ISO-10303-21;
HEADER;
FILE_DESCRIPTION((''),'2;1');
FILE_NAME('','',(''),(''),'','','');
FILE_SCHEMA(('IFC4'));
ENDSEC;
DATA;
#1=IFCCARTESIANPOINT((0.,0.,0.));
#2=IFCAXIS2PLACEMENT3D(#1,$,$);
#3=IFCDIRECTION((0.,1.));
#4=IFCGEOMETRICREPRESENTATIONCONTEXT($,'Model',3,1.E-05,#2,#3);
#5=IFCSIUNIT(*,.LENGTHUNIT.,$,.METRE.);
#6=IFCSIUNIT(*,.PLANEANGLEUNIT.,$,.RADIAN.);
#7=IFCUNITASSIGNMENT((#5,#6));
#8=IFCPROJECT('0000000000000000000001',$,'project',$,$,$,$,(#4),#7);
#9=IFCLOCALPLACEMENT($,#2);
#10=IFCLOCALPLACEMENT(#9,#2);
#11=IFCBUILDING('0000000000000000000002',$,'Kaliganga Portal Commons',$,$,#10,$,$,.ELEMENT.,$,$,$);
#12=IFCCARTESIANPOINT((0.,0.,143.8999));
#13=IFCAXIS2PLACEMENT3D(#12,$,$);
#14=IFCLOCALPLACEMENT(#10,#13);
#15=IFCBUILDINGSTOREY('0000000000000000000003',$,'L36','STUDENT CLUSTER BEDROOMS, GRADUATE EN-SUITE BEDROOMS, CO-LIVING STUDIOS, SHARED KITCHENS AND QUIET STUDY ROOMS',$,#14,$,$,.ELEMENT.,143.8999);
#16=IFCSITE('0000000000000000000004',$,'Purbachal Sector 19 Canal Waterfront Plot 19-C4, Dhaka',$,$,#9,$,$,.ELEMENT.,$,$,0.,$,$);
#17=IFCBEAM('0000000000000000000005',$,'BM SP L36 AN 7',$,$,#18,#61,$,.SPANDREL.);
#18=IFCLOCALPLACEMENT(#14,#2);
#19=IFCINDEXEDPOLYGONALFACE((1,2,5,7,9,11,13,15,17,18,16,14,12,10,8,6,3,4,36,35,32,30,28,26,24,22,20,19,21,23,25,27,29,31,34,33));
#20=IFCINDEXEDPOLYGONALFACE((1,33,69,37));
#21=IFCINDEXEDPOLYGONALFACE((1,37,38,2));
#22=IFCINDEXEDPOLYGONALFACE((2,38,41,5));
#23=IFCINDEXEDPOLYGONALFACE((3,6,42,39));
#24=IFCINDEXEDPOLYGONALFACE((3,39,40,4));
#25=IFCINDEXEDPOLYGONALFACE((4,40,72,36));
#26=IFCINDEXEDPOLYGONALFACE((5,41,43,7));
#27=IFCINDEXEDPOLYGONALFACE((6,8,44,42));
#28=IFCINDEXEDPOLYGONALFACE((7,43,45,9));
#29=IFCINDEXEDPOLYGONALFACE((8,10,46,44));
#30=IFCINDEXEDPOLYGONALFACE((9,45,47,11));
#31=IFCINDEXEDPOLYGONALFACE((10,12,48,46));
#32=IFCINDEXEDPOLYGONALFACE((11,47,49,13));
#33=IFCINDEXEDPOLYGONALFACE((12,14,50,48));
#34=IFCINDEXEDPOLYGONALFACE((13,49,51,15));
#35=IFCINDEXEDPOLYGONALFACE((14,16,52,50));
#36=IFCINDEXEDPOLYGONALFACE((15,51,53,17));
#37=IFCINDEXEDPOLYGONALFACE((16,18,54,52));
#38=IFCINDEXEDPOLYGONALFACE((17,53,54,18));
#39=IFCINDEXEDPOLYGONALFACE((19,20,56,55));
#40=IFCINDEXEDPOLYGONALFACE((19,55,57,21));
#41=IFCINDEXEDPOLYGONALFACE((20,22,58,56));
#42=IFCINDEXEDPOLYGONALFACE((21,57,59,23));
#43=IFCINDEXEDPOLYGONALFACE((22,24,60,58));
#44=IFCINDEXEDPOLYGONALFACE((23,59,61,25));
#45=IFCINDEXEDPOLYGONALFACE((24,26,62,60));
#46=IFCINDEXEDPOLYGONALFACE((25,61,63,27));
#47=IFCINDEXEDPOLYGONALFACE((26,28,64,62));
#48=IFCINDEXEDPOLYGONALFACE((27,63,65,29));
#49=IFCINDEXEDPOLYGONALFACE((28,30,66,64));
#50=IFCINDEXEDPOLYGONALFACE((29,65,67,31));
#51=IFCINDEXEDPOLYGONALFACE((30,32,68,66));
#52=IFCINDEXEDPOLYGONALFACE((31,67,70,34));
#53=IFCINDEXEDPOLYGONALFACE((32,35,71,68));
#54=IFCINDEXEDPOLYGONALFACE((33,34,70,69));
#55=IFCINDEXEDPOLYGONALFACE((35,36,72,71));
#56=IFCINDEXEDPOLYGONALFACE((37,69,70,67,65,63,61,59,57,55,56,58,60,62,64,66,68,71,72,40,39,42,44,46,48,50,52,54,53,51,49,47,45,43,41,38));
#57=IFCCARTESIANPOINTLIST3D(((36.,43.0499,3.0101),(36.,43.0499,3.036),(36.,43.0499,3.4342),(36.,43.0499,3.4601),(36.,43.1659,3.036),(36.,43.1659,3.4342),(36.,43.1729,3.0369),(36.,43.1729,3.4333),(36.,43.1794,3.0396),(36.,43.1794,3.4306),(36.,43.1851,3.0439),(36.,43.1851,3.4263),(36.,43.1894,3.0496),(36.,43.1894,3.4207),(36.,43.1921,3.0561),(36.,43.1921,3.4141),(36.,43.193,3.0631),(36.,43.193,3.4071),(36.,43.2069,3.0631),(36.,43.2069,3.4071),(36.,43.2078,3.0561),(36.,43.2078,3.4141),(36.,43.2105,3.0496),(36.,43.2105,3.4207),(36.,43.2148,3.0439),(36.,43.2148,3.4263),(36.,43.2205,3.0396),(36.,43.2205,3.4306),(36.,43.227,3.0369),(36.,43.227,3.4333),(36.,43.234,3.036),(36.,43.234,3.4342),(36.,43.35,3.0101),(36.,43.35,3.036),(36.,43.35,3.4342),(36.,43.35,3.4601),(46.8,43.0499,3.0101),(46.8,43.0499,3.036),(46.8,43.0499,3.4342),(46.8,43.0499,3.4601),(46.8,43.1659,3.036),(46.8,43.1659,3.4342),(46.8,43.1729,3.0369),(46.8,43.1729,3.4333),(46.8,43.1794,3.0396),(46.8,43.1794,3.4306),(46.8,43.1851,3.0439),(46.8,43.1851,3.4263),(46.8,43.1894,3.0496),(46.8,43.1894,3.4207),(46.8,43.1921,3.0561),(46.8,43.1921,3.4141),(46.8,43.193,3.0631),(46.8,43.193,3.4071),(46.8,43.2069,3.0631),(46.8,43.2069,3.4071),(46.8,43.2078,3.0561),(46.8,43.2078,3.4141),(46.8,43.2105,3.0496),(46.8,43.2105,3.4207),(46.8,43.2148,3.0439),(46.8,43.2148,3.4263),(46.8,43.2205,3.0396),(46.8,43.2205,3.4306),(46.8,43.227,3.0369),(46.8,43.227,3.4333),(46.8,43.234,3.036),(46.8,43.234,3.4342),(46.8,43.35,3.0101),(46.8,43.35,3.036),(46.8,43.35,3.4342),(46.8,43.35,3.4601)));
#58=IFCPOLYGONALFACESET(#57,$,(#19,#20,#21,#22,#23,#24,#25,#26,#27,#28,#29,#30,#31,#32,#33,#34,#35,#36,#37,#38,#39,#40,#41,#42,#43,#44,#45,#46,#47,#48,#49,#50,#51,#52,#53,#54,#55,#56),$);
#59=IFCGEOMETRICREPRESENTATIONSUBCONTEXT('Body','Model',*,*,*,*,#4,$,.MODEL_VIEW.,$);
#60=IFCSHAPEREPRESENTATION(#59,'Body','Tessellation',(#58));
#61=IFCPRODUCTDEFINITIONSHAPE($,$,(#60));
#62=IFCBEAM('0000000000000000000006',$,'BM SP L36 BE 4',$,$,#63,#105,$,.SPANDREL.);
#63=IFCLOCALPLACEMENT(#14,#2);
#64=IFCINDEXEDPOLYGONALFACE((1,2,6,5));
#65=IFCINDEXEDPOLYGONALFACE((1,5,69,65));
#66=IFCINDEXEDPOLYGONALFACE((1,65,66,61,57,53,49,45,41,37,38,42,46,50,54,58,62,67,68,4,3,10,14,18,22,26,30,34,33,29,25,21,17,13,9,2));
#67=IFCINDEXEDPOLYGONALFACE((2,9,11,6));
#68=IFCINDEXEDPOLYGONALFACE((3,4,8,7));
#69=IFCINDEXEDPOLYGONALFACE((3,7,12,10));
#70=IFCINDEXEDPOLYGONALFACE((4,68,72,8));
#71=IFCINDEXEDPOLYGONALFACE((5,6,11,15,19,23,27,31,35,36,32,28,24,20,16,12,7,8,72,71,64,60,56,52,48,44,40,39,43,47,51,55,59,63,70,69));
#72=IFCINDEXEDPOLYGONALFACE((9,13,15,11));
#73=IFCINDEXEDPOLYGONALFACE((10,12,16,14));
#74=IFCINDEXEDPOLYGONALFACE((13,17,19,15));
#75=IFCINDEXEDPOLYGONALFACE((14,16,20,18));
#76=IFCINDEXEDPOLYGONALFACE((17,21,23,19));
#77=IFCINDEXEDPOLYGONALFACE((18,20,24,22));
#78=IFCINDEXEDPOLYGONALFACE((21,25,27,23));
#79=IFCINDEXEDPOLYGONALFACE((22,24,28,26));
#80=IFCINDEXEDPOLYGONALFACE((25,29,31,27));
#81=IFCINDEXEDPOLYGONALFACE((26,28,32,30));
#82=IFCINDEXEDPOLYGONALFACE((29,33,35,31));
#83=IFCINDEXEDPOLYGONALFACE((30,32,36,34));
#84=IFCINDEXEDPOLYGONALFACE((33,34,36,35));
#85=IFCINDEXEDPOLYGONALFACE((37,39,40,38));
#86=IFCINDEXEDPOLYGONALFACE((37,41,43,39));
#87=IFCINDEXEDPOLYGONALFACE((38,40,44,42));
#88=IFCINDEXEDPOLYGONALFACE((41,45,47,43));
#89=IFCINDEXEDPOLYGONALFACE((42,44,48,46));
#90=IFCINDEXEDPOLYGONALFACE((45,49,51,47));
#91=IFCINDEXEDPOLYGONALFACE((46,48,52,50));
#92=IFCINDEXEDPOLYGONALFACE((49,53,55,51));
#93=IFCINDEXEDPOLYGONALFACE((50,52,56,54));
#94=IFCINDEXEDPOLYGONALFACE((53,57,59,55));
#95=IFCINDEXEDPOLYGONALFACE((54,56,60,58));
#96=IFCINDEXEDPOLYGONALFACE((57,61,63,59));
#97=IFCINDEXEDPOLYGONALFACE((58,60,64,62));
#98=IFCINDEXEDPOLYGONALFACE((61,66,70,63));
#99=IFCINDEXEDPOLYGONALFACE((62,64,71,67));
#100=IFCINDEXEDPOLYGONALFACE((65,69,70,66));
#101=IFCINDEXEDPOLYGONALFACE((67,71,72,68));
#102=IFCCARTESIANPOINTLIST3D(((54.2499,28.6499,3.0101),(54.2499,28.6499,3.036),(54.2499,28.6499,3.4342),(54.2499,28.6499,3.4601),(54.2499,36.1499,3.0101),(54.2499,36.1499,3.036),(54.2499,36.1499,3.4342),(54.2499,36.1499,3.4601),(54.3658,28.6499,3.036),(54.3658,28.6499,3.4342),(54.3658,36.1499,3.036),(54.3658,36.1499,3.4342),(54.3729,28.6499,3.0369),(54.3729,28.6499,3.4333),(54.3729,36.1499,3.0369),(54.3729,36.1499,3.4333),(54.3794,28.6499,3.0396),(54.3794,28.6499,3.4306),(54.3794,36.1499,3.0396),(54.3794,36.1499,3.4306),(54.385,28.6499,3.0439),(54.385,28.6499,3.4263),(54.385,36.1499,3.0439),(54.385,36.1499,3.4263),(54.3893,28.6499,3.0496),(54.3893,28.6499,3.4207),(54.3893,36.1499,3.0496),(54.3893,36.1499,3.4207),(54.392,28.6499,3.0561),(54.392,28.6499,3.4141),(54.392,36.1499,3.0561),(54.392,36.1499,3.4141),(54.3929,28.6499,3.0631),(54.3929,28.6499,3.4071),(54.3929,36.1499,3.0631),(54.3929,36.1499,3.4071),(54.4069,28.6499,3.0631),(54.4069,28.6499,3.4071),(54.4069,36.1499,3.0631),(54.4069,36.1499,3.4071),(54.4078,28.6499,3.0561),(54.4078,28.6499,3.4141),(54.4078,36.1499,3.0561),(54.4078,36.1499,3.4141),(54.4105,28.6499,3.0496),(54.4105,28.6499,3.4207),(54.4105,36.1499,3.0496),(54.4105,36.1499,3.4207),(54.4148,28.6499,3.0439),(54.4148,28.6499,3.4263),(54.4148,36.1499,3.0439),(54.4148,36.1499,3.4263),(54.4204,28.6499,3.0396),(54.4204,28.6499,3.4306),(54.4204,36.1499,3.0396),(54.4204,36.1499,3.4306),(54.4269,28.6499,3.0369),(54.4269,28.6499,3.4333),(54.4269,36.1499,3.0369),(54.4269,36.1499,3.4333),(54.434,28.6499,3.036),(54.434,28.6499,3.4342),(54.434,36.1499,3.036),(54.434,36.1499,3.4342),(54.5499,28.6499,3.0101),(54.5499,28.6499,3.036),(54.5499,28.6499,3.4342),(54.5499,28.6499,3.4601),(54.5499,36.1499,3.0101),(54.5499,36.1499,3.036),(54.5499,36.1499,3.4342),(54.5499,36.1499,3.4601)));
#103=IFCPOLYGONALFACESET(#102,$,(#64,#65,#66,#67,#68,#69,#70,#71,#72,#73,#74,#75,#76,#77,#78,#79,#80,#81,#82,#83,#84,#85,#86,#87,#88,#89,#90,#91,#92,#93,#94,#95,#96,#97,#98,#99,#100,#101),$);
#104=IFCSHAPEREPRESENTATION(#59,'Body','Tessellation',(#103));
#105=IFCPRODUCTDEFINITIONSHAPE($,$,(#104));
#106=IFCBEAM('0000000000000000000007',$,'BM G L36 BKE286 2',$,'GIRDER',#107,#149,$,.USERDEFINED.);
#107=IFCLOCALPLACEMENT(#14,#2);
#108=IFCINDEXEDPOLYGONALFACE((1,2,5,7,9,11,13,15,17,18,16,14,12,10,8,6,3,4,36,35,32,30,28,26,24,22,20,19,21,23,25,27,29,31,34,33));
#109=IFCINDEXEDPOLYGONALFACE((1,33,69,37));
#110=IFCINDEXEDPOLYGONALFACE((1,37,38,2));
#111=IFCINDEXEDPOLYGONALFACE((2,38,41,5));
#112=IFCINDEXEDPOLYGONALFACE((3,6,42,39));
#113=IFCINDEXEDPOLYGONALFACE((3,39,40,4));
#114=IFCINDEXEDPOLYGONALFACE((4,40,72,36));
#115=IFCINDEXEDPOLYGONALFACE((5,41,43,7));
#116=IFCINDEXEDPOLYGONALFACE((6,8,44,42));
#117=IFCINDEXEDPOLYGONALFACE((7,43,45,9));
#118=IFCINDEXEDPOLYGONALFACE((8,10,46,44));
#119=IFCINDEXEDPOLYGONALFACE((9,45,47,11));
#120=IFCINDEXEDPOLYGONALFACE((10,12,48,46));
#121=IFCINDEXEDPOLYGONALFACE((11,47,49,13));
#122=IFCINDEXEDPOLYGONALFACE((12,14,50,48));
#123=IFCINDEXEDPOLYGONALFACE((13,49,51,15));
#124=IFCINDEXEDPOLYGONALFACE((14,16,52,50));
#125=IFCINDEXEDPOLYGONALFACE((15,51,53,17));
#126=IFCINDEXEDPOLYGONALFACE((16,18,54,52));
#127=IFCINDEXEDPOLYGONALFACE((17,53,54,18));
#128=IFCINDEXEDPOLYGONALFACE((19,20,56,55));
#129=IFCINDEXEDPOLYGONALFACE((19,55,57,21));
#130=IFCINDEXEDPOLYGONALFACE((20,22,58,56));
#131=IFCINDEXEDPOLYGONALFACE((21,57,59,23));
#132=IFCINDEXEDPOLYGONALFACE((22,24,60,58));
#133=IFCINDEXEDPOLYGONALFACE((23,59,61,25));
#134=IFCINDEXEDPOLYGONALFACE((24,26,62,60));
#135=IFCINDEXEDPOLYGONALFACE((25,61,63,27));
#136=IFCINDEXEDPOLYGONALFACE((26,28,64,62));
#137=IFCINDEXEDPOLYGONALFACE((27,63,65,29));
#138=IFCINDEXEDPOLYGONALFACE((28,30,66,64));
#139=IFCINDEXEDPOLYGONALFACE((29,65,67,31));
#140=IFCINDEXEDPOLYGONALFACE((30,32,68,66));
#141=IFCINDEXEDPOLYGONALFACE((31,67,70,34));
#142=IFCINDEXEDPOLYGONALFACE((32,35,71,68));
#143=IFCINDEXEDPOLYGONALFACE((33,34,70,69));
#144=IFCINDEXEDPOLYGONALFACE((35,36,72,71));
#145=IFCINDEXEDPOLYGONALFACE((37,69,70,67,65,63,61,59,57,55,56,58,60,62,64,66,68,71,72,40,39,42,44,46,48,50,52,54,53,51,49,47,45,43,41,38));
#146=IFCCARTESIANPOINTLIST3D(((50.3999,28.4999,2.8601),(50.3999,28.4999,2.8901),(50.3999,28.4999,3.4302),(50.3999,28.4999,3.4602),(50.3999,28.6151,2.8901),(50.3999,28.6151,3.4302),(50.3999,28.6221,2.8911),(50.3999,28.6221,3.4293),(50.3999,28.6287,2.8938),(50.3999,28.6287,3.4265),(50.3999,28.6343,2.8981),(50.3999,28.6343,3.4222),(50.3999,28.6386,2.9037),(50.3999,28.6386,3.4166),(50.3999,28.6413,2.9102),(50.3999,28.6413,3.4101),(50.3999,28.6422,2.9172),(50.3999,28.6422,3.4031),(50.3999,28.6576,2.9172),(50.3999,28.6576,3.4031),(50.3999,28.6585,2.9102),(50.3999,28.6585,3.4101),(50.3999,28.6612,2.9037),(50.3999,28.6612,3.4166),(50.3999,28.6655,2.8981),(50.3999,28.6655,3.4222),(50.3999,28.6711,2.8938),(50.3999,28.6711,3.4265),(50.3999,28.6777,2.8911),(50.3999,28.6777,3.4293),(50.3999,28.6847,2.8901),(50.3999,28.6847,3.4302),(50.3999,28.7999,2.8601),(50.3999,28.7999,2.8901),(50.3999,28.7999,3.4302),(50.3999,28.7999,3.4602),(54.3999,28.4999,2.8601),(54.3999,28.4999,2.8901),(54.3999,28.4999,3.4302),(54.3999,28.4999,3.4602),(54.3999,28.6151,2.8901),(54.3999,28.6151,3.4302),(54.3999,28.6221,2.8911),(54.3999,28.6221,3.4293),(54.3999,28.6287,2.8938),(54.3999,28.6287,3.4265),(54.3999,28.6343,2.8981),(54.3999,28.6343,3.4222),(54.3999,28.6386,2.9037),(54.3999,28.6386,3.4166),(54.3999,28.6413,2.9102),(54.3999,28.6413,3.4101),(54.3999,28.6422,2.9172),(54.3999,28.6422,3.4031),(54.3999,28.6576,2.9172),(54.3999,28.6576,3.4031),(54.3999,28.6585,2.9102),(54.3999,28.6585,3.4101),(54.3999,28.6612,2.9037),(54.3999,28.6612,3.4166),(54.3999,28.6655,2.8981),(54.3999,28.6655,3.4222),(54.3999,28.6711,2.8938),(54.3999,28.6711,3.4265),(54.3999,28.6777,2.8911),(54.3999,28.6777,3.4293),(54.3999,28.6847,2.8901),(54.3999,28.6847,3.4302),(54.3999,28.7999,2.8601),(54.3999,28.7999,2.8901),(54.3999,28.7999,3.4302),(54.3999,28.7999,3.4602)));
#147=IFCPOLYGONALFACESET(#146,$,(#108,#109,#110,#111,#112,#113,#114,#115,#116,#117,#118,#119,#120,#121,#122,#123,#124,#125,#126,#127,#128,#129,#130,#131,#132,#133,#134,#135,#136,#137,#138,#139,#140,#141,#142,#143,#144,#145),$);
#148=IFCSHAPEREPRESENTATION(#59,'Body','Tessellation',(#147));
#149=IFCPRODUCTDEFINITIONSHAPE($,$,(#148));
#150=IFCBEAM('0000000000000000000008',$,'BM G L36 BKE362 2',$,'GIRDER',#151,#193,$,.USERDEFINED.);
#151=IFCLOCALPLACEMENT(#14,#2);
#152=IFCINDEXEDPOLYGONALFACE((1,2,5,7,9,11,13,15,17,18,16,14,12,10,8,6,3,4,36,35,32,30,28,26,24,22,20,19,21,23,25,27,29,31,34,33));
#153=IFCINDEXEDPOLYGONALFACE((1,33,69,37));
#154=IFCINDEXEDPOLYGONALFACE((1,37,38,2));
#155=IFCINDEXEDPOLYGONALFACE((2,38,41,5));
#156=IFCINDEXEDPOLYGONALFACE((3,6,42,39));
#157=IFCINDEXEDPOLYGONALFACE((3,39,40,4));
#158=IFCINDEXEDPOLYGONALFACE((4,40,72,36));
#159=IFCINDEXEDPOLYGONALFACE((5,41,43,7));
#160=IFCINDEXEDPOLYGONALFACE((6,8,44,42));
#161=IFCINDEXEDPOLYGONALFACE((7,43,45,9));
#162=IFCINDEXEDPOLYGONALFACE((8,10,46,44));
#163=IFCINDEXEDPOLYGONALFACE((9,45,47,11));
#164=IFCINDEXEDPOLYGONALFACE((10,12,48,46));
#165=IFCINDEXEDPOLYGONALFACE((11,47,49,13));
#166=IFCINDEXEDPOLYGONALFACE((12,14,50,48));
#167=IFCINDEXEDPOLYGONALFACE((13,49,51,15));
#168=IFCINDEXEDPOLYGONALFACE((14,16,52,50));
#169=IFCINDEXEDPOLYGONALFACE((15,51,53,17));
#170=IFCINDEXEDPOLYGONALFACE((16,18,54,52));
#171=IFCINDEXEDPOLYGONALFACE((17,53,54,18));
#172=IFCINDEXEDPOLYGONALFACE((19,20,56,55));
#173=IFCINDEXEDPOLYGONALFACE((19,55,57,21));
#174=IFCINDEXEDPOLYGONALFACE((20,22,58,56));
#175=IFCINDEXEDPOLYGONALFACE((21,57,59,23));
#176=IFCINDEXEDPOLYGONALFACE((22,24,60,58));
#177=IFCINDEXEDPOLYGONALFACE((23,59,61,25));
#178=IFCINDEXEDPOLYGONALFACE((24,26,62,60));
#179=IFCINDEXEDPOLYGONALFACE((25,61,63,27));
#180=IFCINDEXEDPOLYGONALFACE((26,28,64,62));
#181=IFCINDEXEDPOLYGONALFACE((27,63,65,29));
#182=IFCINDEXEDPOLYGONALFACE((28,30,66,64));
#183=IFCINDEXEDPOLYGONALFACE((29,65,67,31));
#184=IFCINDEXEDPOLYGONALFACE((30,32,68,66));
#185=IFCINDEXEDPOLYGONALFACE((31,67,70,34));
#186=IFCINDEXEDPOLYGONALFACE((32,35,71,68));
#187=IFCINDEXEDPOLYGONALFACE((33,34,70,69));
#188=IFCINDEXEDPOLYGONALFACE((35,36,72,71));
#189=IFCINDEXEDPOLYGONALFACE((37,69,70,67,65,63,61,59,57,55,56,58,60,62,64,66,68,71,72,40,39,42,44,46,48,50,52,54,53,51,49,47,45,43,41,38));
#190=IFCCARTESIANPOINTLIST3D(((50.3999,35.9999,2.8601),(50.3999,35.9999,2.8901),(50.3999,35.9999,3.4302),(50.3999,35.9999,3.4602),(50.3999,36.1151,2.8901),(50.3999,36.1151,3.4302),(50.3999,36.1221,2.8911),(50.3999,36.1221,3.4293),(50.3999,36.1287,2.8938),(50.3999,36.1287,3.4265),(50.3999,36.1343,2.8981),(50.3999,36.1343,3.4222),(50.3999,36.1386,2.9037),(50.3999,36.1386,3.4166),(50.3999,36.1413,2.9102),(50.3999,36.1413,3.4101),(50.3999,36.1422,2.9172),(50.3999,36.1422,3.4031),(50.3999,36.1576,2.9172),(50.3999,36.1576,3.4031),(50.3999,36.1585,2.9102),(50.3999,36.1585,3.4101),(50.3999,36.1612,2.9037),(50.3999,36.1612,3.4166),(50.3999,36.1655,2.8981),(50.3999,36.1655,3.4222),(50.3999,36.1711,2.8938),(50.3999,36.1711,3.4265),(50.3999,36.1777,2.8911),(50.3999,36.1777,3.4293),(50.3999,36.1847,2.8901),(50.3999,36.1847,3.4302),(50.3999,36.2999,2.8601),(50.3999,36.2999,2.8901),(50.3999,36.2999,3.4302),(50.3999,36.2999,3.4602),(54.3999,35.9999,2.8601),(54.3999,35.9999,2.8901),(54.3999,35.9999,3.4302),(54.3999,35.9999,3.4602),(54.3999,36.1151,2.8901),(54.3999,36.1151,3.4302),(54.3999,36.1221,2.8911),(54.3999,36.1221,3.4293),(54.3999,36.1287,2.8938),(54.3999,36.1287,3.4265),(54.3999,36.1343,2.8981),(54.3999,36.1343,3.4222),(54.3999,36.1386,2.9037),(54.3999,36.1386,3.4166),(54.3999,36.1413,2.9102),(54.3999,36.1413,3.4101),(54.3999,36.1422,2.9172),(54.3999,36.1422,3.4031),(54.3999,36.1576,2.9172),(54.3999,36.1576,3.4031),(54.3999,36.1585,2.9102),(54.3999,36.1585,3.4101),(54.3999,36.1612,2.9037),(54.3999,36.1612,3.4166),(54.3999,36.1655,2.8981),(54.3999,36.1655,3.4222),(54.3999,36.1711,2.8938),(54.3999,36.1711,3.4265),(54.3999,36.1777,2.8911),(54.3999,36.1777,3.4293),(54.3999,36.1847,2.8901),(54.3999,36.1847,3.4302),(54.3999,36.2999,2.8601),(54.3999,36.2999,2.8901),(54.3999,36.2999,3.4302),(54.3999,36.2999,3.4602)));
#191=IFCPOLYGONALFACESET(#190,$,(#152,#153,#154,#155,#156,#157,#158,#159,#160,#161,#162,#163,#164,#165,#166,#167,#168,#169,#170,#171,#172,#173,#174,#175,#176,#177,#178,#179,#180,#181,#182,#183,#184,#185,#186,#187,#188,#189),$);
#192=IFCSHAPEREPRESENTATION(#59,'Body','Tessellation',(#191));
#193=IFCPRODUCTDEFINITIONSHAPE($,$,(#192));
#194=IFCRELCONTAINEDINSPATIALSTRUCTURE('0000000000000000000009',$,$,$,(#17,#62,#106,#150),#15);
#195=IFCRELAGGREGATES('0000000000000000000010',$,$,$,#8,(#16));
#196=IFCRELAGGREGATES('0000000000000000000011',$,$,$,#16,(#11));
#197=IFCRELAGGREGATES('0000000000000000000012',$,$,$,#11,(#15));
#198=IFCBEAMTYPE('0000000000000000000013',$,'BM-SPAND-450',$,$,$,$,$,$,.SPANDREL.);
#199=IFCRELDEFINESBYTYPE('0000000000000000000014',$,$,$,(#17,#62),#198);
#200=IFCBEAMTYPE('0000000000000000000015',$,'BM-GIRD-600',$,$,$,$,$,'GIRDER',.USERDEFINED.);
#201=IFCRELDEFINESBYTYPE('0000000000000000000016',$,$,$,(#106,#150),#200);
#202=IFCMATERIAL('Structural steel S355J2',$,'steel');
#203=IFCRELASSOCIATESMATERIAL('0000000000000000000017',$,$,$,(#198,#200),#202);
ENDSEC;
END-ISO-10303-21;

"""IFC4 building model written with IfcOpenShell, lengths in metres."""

from ifc_helpers import new_model, si_unit, direction, frame, origin, origin_2d, place, context, subcontext, project, spatial, i_section, extrude, source, transform, mapped, material, material_profile, profile_set, type_object, element, save


model = new_model("IFC4")

# Units and contexts
model_context = context("Model", 3, precision=1e-05, world=origin(), true_north=direction((0.0, 1.0)))
body_context = subcontext(model_context, "Body", "Model", "MODEL_VIEW")
ifc_project = project(units=[si_unit("LENGTHUNIT", "METRE"), si_unit("PLANEANGLEUNIT", "RADIAN")], contexts=[model_context])

# Site, building, storey
site_placement = place(None, origin())
site = spatial("IfcSite", under=ifc_project, at=site_placement, Name="Purbachal Sector 19 Canal Waterfront Plot 19-C4, Dhaka", CompositionType="ELEMENT", RefElevation=0.0)
building_placement = place(site_placement, origin())
building = spatial("IfcBuilding", under=site, at=building_placement, Name="Kaliganga Portal Commons", CompositionType="ELEMENT")
storey_placement = place(building_placement, frame((0.0, 0.0, 143.8999)))
storey = spatial("IfcBuildingStorey", under=building, at=storey_placement, Name="L36", Description="STUDENT CLUSTER BEDROOMS, GRADUATE EN-SUITE BEDROOMS, CO-LIVING STUDIOS, SHARED KITCHENS AND QUIET STUDY ROOMS", CompositionType="ELEMENT", Elevation=143.8999)

# Beams
ifc_material_1 = material(Name="Structural steel S355J2", Category="steel")
ifc_material_profile_1 = material_profile(ifc_material_1, i_section(OverallWidth=0.3, OverallDepth=0.45, WebThickness=0.0139, FlangeThickness=0.0259, FilletRadius=0.0271, at=origin_2d()), Name="HE 450 B")
ifc_profile_set_1 = profile_set([ifc_material_profile_1], Name="Structural steel S355J2 wide-flange")
beam_type_1 = type_object("IfcBeamType", Name="BM-SPAND-450", PredefinedType="SPANDREL", material=ifc_profile_set_1)
shared_shape_1 = source(origin(), body_context, "Body", "SweptSolid", [
    extrude(i_section(OverallWidth=0.3, OverallDepth=0.45, WebThickness=0.0139, FlangeThickness=0.0259, FilletRadius=0.0271, at=origin_2d()), origin(), (0.0, 0.0, 1.0), 10.8),
])
beam_1_placement = place(storey_placement, frame((36.0, 43.2, 3.2351), z_axis=(1.0, 0.0, 0.0), x_axis=(0.0, 1.0, 0.0)))
element("IfcBeam", 1, at=beam_1_placement, inside=storey, type_object=beam_type_1, Name="BM SP L36 AN 7", PredefinedType="SPANDREL", context=body_context, shape_type="MappedRepresentation", body=[
    mapped(shared_shape_1, transform((0.0, 0.0, 0.0), x_axis=(1.0, 0.0, 0.0), y_axis=(0.0, 1.0, 0.0), z_axis=(0.0, 0.0, 1.0), scale=1.0)),
])
shared_shape_2 = source(origin(), body_context, "Body", "SweptSolid", [
    extrude(i_section(OverallWidth=0.3, OverallDepth=0.45, WebThickness=0.0139, FlangeThickness=0.0259, FilletRadius=0.0271, at=origin_2d()), origin(), (0.0, 0.0, 1.0), 7.5),
])
beam_2_placement = place(storey_placement, frame((54.3999, 28.6499, 3.2351), z_axis=(0.0, 1.0, 0.0), x_axis=(-1.0, 0.0, 0.0)))
element("IfcBeam", 2, at=beam_2_placement, inside=storey, type_object=beam_type_1, Name="BM SP L36 BE 4", PredefinedType="SPANDREL", context=body_context, shape_type="MappedRepresentation", body=[
    mapped(shared_shape_2, transform((0.0, 0.0, 0.0), x_axis=(1.0, 0.0, 0.0), y_axis=(0.0, 1.0, 0.0), z_axis=(0.0, 0.0, 1.0), scale=1.0)),
])
ifc_material_profile_2 = material_profile(ifc_material_1, i_section(OverallWidth=0.3, OverallDepth=0.6001, WebThickness=0.0154, FlangeThickness=0.03, FilletRadius=0.0271, at=origin_2d()), Name="HE 600 B")
ifc_profile_set_2 = profile_set([ifc_material_profile_2], Name="Structural steel S355J2 wide-flange")
beam_type_2 = type_object("IfcBeamType", Name="BM-GIRD-600", ElementType="GIRDER", PredefinedType="USERDEFINED", material=ifc_profile_set_2)
shared_shape_3 = source(origin(), body_context, "Body", "SweptSolid", [
    extrude(i_section(OverallWidth=0.3, OverallDepth=0.6001, WebThickness=0.0154, FlangeThickness=0.03, FilletRadius=0.0271, at=origin_2d()), origin(), (0.0, 0.0, 1.0), 4.0),
])
for number, where, z_axis, x_axis, name in (
    (3, (50.3999, 28.6499, 3.1602), (1.0, 0.0, 0.0), (0.0, 1.0, 0.0), "BM G L36 BKE286 2"),
    (4, (50.3999, 36.1499, 3.1602), (1.0, 0.0, 0.0), (0.0, 1.0, 0.0), "BM G L36 BKE362 2"),
):
    element("IfcBeam", number, at=place(storey_placement, frame(where, z_axis=z_axis, x_axis=x_axis)), inside=storey, type_object=beam_type_2, Name=name, ObjectType="GIRDER", PredefinedType="USERDEFINED", context=body_context, shape_type="MappedRepresentation", body=[
        mapped(shared_shape_3, transform((0.0, 0.0, 0.0), x_axis=(1.0, 0.0, 0.0), y_axis=(0.0, 1.0, 0.0), z_axis=(0.0, 0.0, 1.0), scale=1.0)),
    ])

save(model, "model.ifc")
